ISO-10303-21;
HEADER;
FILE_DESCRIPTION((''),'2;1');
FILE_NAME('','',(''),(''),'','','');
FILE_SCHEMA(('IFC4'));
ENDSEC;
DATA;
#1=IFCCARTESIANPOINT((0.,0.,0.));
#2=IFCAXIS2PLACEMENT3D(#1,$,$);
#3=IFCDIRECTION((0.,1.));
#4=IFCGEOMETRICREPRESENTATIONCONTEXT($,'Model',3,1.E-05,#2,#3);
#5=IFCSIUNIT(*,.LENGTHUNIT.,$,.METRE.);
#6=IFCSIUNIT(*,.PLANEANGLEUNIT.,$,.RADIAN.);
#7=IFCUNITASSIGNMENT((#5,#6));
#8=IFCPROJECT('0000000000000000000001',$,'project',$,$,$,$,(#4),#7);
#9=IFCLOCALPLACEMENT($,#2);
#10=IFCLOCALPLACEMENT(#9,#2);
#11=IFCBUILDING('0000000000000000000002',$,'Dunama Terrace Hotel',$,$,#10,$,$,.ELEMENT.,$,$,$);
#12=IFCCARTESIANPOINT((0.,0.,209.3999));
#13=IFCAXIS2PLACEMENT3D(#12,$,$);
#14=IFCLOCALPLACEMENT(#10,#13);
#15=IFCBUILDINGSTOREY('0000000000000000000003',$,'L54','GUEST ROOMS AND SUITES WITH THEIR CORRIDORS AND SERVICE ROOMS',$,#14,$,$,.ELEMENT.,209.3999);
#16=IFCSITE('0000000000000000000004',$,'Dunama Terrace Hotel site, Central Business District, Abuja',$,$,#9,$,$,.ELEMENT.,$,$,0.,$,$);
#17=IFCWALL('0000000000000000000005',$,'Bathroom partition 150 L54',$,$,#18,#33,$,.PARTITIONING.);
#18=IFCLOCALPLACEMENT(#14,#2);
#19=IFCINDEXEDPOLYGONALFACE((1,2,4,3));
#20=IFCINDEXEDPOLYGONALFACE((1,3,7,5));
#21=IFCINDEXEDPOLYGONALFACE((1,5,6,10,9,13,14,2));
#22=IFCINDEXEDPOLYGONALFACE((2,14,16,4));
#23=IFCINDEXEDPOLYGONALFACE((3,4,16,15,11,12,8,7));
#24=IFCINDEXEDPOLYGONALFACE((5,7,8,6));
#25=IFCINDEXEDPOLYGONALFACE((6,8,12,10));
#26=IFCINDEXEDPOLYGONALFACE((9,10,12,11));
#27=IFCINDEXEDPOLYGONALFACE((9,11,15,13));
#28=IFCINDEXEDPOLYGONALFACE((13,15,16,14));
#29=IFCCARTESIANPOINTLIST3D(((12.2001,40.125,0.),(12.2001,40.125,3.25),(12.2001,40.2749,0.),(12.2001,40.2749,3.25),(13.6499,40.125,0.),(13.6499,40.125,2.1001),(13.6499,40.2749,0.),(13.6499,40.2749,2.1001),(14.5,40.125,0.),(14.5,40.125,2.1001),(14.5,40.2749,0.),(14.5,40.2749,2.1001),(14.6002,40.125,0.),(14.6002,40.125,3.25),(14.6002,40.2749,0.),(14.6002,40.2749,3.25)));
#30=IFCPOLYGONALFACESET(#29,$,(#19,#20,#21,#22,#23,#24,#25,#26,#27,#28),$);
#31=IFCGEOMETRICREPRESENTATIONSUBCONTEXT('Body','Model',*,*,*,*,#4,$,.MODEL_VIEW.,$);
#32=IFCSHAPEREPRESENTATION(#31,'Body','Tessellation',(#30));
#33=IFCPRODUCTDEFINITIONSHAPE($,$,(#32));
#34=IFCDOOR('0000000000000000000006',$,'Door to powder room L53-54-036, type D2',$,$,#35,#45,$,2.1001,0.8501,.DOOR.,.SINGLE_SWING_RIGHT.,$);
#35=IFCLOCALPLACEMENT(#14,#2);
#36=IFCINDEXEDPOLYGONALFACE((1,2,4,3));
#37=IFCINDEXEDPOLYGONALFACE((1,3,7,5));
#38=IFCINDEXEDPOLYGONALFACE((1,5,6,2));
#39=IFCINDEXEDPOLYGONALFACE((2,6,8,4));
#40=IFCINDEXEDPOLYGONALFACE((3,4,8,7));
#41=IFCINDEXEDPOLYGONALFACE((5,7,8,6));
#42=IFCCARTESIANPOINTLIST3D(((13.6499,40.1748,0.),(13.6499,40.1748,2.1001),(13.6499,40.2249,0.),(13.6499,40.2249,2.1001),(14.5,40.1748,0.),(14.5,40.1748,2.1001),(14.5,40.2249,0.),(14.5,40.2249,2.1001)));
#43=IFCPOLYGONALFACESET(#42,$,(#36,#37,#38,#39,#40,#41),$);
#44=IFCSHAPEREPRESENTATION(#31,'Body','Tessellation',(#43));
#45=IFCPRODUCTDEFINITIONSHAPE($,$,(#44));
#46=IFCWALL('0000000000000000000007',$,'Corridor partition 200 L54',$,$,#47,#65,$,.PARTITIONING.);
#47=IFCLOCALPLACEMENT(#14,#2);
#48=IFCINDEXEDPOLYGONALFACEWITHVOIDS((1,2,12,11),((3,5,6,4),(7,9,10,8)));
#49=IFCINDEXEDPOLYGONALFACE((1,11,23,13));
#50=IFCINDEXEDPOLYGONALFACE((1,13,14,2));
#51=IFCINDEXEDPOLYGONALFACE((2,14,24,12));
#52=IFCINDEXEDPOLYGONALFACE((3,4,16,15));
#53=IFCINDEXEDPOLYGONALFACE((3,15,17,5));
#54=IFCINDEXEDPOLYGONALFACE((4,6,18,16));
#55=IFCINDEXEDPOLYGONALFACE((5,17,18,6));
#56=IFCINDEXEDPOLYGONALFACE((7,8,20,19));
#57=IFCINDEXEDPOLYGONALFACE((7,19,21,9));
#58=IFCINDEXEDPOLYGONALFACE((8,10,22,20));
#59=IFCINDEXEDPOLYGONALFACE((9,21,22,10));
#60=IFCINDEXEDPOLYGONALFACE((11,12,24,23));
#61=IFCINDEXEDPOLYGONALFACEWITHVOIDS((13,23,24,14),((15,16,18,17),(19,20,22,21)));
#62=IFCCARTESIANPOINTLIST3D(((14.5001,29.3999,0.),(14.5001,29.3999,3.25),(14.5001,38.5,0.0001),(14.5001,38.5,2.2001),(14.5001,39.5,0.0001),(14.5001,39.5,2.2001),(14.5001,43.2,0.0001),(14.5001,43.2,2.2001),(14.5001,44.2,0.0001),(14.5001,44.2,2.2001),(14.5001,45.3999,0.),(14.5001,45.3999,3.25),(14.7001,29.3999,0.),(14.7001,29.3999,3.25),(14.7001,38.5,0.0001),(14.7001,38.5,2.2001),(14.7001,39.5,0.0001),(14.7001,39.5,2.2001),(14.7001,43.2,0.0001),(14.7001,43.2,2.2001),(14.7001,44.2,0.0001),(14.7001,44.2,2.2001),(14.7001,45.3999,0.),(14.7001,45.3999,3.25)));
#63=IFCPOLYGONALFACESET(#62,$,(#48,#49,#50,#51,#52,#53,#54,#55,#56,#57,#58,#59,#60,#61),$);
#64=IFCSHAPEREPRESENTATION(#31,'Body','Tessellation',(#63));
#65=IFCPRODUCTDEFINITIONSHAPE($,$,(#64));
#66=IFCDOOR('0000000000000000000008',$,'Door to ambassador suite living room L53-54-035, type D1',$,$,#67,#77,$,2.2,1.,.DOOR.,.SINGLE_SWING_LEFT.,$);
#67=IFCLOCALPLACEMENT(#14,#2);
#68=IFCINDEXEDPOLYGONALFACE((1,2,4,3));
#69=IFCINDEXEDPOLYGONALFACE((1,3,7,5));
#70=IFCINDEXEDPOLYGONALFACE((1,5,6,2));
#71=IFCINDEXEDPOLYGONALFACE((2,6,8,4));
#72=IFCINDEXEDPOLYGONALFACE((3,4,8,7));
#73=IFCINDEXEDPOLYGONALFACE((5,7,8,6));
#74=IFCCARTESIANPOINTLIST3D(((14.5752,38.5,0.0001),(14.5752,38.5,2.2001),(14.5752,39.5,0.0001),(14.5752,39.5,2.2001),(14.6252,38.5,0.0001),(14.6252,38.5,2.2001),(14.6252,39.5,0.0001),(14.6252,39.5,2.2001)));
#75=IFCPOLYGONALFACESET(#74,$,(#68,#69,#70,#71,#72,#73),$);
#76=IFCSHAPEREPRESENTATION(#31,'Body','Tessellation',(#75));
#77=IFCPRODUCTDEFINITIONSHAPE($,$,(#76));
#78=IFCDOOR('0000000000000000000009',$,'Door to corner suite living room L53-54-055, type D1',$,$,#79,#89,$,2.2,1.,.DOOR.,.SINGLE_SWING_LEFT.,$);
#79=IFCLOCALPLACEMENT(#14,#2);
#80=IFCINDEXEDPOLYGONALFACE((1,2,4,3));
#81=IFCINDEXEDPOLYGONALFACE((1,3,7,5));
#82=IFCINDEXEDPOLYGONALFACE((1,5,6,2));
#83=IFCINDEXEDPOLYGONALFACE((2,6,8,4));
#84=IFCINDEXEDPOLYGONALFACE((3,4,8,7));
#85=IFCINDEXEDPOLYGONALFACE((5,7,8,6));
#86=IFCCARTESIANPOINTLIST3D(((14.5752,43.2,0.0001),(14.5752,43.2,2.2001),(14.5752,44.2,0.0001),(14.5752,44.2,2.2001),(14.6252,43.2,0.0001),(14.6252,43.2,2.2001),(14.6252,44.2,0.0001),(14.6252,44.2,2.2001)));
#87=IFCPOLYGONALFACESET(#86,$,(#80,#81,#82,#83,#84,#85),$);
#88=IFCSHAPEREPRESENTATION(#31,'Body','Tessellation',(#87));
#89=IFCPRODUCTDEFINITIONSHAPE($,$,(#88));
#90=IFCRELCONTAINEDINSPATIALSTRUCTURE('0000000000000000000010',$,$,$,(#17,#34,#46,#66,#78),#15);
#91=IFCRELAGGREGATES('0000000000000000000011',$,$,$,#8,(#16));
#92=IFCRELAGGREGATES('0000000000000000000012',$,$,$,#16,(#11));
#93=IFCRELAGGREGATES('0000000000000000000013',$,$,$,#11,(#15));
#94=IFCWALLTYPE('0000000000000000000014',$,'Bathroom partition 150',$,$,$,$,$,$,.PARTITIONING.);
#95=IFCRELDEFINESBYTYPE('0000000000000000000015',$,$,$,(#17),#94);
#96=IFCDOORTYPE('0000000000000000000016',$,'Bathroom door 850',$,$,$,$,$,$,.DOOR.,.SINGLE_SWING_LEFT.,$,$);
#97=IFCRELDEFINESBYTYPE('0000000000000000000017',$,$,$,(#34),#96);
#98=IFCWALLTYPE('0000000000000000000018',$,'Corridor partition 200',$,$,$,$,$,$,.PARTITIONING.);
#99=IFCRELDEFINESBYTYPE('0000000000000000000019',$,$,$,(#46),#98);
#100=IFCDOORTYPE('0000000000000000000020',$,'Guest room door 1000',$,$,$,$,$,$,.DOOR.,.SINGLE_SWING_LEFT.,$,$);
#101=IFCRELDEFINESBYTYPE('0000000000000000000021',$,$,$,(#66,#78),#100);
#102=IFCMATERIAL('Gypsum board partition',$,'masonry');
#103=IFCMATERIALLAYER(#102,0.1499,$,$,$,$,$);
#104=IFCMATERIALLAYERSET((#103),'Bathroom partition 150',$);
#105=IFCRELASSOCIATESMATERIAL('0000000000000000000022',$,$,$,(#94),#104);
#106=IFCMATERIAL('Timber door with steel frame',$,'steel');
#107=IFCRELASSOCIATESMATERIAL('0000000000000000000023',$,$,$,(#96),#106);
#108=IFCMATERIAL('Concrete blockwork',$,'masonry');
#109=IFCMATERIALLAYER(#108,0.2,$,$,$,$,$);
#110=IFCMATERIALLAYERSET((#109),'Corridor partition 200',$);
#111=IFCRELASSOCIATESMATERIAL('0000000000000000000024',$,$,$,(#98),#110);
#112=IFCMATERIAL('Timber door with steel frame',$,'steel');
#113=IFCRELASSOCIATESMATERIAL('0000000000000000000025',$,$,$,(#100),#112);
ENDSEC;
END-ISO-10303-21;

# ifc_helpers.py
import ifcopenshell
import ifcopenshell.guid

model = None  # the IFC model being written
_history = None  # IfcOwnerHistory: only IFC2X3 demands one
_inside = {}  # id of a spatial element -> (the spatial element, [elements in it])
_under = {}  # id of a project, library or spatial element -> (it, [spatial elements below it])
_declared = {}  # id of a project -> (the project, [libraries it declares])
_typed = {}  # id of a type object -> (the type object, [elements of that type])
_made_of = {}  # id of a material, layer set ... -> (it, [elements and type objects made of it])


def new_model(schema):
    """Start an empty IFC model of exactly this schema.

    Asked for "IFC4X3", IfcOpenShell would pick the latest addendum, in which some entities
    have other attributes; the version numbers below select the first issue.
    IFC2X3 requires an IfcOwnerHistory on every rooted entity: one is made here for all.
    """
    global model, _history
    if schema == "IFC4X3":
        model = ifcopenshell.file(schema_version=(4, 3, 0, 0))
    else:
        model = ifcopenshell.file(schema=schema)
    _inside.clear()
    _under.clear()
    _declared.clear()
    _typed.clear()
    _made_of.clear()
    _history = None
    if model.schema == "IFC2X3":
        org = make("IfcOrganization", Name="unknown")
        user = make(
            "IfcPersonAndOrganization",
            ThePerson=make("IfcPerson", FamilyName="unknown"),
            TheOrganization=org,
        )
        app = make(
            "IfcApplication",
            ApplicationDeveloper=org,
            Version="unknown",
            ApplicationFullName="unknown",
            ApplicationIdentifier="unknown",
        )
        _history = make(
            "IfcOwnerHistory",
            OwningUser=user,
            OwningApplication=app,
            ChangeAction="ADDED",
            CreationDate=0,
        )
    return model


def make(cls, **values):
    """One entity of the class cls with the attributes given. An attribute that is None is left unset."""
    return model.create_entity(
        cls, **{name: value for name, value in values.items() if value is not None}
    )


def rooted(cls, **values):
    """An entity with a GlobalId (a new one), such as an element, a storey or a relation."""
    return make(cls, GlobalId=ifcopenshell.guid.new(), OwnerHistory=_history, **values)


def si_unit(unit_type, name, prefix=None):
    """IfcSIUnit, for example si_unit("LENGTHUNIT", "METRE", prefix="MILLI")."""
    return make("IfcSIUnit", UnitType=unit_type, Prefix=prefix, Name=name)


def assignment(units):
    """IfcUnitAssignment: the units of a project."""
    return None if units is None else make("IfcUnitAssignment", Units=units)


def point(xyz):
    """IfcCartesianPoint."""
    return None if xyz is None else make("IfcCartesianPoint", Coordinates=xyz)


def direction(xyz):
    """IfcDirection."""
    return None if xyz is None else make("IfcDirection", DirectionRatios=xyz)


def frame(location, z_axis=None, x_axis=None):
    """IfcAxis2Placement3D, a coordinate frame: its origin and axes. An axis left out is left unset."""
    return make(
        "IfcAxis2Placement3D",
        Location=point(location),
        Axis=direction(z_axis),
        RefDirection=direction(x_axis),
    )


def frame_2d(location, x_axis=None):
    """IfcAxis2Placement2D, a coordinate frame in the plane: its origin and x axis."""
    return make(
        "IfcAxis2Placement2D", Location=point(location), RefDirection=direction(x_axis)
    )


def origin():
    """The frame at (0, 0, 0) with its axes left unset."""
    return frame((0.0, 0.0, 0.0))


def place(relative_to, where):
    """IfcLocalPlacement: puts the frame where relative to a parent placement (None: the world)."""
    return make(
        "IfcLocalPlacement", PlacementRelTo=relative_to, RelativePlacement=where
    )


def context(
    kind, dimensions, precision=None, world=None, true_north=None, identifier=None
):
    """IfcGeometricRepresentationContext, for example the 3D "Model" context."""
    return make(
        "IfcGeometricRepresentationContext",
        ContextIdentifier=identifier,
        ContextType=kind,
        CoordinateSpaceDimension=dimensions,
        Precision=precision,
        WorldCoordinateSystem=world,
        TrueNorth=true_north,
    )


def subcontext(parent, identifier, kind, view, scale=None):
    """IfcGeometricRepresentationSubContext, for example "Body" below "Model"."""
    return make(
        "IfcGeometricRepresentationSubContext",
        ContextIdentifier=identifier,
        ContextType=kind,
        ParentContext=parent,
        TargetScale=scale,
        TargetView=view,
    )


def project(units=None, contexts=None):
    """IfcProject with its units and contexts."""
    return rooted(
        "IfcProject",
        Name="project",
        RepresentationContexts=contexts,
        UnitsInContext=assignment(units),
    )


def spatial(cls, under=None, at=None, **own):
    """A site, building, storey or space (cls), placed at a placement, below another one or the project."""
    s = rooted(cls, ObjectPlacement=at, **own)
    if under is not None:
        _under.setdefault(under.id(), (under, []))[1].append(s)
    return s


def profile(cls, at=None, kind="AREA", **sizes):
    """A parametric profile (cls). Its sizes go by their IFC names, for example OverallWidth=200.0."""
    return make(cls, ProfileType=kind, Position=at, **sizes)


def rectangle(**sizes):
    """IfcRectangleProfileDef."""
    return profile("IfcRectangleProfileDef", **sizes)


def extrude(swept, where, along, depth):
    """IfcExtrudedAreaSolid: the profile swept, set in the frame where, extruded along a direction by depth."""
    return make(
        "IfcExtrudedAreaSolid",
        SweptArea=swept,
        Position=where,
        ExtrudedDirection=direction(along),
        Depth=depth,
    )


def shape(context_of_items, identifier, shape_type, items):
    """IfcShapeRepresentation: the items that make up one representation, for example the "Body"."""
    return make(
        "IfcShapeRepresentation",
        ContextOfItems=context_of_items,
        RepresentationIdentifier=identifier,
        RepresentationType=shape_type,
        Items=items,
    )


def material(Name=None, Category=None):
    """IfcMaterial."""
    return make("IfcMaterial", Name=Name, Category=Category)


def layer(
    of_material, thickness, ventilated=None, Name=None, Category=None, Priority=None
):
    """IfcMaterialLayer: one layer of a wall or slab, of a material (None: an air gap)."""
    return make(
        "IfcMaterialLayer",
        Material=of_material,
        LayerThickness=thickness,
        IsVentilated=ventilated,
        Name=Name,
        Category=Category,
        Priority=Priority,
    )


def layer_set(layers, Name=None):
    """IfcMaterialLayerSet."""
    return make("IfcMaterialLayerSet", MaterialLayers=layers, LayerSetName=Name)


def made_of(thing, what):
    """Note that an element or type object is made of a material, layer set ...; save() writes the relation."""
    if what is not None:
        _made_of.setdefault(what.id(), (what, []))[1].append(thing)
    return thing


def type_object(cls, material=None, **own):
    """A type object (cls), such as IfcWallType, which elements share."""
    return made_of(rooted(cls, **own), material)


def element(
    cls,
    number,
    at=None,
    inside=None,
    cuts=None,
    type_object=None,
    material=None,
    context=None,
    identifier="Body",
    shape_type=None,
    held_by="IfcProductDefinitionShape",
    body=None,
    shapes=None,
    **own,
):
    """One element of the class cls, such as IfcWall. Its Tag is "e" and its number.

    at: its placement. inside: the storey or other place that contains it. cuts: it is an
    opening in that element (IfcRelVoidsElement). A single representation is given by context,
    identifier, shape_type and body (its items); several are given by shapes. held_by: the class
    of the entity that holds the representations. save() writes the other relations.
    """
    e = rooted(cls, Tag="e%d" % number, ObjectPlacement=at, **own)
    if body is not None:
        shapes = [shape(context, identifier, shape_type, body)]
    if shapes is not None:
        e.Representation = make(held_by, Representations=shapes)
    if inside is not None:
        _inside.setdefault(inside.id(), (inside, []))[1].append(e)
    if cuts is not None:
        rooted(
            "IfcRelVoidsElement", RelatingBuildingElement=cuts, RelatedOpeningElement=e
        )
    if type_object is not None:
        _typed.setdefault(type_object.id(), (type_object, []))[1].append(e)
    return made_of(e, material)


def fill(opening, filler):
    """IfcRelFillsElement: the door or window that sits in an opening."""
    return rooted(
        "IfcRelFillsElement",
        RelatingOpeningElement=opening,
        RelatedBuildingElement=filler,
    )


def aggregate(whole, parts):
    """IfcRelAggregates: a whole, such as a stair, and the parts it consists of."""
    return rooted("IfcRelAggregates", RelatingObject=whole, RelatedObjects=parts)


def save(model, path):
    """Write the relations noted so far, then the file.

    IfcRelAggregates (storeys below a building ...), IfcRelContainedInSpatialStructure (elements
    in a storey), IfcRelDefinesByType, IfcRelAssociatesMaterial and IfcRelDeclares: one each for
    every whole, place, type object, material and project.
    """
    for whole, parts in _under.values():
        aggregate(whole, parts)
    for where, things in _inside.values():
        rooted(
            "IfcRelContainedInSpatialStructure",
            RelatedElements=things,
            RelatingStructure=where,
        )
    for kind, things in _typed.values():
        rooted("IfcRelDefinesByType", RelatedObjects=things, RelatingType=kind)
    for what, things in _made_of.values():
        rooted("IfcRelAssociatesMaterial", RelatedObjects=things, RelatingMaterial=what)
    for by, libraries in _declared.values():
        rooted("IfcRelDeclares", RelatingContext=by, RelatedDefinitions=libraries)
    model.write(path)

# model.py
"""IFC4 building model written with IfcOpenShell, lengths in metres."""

from ifc_helpers import new_model, si_unit, direction, frame, frame_2d, origin, place, context, subcontext, project, spatial, rectangle, extrude, material, layer, layer_set, type_object, element, fill, save


model = new_model("IFC4")

# Units and contexts
model_context = context("Model", 3, precision=1e-05, world=origin(), true_north=direction((0.0, 1.0)))
body_context = subcontext(model_context, "Body", "Model", "MODEL_VIEW")
ifc_project = project(units=[si_unit("LENGTHUNIT", "METRE"), si_unit("PLANEANGLEUNIT", "RADIAN")], contexts=[model_context])

# Site, building, storey
site_placement = place(None, origin())
site = spatial("IfcSite", under=ifc_project, at=site_placement, Name="Dunama Terrace Hotel site, Central Business District, Abuja", CompositionType="ELEMENT", RefElevation=0.0)
building_placement = place(site_placement, origin())
building = spatial("IfcBuilding", under=site, at=building_placement, Name="Dunama Terrace Hotel", CompositionType="ELEMENT")
storey_placement = place(building_placement, frame((0.0, 0.0, 209.3999)))
storey = spatial("IfcBuildingStorey", under=building, at=storey_placement, Name="L54", Description="GUEST ROOMS AND SUITES WITH THEIR CORRIDORS AND SERVICE ROOMS", CompositionType="ELEMENT", Elevation=209.3999)

# Shared definitions
ifc_material_1 = material(Name="Gypsum board partition", Category="masonry")
ifc_layer_1 = layer(ifc_material_1, 0.1499)
ifc_layer_set_1 = layer_set([ifc_layer_1], Name="Bathroom partition 150")
wall_type_1 = type_object("IfcWallType", Name="Bathroom partition 150", PredefinedType="PARTITIONING", material=ifc_layer_set_1)

# Shared definitions
ifc_material_2 = material(Name="Timber door with steel frame", Category="steel")
door_type_1 = type_object("IfcDoorType", Name="Bathroom door 850", OperationType="SINGLE_SWING_LEFT", PredefinedType="DOOR", material=ifc_material_2)

# Wall, opening, door
wall_1_placement = place(storey_placement, frame((12.2, 40.2, 0.0), z_axis=(0.0, 0.0, 1.0), x_axis=(1.0, 0.0, 0.0)))
wall_1 = element("IfcWall", 1, at=wall_1_placement, inside=storey, type_object=wall_type_1, Name="Bathroom partition 150 L54", PredefinedType="PARTITIONING", context=body_context, shape_type="SweptSolid", body=[
    extrude(rectangle(XDim=2.4001, YDim=0.1499, at=frame_2d((1.2002, 0.0))), origin(), (0.0, 0.0, 1.0), 3.25),
])
opening_1_placement = place(wall_1_placement, frame((1.45, 0.0, 0.0)))
opening_1 = element("IfcOpeningElement", 2, at=opening_1_placement, cuts=wall_1, PredefinedType="OPENING", context=body_context, shape_type="SweptSolid", body=[
    extrude(rectangle(XDim=0.8501, YDim=2.1001, at=frame_2d((0.425, 1.05))), frame((0.0, 0.085, 0.0), z_axis=(0.0, -1.0, 0.0), x_axis=(1.0, 0.0, 0.0)), (0.0, 0.0, 1.0), 0.1699),
])
door_1_placement = place(opening_1_placement, origin())
door_1 = element("IfcDoor", 3, at=door_1_placement, inside=storey, type_object=door_type_1, Name="Door to powder room L53-54-036, type D2", OperationType="SINGLE_SWING_RIGHT", OverallHeight=2.1001, OverallWidth=0.8501, PredefinedType="DOOR", context=body_context, shape_type="SweptSolid", body=[
    extrude(rectangle(XDim=0.8501, YDim=2.1001, at=frame_2d((0.425, 1.05))), frame((0.0, 0.0249, 0.0), z_axis=(0.0, -1.0, 0.0), x_axis=(1.0, 0.0, 0.0)), (0.0, 0.0, 1.0), 0.05),
])
fill(opening_1, door_1)

# Wall, openings, doors
ifc_material_3 = material(Name="Concrete blockwork", Category="masonry")
ifc_layer_2 = layer(ifc_material_3, 0.2)
ifc_layer_set_2 = layer_set([ifc_layer_2], Name="Corridor partition 200")
wall_type_2 = type_object("IfcWallType", Name="Corridor partition 200", PredefinedType="PARTITIONING", material=ifc_layer_set_2)
wall_2_placement = place(storey_placement, frame((14.6001, 29.3999, 0.0), z_axis=(0.0, 0.0, 1.0), x_axis=(0.0, 1.0, 0.0)))
wall_2 = element("IfcWall", 4, at=wall_2_placement, inside=storey, type_object=wall_type_2, Name="Corridor partition 200 L54", PredefinedType="PARTITIONING", context=body_context, shape_type="SweptSolid", body=[
    extrude(rectangle(XDim=16.0, YDim=0.2, at=frame_2d((8.0, 0.0))), origin(), (0.0, 0.0, 1.0), 3.25),
])
opening_2_placement = place(wall_2_placement, frame((9.1001, 0.0, 0.0)))
opening_2 = element("IfcOpeningElement", 5, at=opening_2_placement, cuts=wall_2, PredefinedType="OPENING", context=body_context, shape_type="SweptSolid", body=[
    extrude(rectangle(XDim=1.0, YDim=2.2, at=frame_2d((0.5, 1.1001))), frame((0.0, 0.1099, 0.0), z_axis=(0.0, -1.0, 0.0), x_axis=(1.0, 0.0, 0.0)), (0.0, 0.0, 1.0), 0.22),
])
opening_3_placement = place(wall_2_placement, frame((13.8, 0.0, 0.0)))
opening_3 = element("IfcOpeningElement", 6, at=opening_3_placement, cuts=wall_2, PredefinedType="OPENING", context=body_context, shape_type="SweptSolid", body=[
    extrude(rectangle(XDim=1.0, YDim=2.2, at=frame_2d((0.5, 1.1001))), frame((0.0, 0.1099, 0.0), z_axis=(0.0, -1.0, 0.0), x_axis=(1.0, 0.0, 0.0)), (0.0, 0.0, 1.0), 0.22),
])
ifc_material_4 = material(Name="Timber door with steel frame", Category="steel")
door_type_2 = type_object("IfcDoorType", Name="Guest room door 1000", OperationType="SINGLE_SWING_LEFT", PredefinedType="DOOR", material=ifc_material_4)
door_2_placement = place(opening_2_placement, origin())
door_2 = element("IfcDoor", 7, at=door_2_placement, inside=storey, type_object=door_type_2, Name="Door to ambassador suite living room L53-54-035, type D1", OperationType="SINGLE_SWING_LEFT", OverallHeight=2.2, OverallWidth=1.0, PredefinedType="DOOR", context=body_context, shape_type="SweptSolid", body=[
    extrude(rectangle(XDim=1.0, YDim=2.2, at=frame_2d((0.5, 1.1001))), frame((0.0, 0.0249, 0.0), z_axis=(0.0, -1.0, 0.0), x_axis=(1.0, 0.0, 0.0)), (0.0, 0.0, 1.0), 0.05),
])
fill(opening_2, door_2)
door_3_placement = place(opening_3_placement, origin())
door_3 = element("IfcDoor", 8, at=door_3_placement, inside=storey, type_object=door_type_2, Name="Door to corner suite living room L53-54-055, type D1", OperationType="SINGLE_SWING_LEFT", OverallHeight=2.2, OverallWidth=1.0, PredefinedType="DOOR", context=body_context, shape_type="SweptSolid", body=[
    extrude(rectangle(XDim=1.0, YDim=2.2, at=frame_2d((0.5, 1.1001))), frame((0.0, 0.0249, 0.0), z_axis=(0.0, -1.0, 0.0), x_axis=(1.0, 0.0, 0.0)), (0.0, 0.0, 1.0), 0.05),
])
fill(opening_3, door_3)

save(model, "model.ifc")
